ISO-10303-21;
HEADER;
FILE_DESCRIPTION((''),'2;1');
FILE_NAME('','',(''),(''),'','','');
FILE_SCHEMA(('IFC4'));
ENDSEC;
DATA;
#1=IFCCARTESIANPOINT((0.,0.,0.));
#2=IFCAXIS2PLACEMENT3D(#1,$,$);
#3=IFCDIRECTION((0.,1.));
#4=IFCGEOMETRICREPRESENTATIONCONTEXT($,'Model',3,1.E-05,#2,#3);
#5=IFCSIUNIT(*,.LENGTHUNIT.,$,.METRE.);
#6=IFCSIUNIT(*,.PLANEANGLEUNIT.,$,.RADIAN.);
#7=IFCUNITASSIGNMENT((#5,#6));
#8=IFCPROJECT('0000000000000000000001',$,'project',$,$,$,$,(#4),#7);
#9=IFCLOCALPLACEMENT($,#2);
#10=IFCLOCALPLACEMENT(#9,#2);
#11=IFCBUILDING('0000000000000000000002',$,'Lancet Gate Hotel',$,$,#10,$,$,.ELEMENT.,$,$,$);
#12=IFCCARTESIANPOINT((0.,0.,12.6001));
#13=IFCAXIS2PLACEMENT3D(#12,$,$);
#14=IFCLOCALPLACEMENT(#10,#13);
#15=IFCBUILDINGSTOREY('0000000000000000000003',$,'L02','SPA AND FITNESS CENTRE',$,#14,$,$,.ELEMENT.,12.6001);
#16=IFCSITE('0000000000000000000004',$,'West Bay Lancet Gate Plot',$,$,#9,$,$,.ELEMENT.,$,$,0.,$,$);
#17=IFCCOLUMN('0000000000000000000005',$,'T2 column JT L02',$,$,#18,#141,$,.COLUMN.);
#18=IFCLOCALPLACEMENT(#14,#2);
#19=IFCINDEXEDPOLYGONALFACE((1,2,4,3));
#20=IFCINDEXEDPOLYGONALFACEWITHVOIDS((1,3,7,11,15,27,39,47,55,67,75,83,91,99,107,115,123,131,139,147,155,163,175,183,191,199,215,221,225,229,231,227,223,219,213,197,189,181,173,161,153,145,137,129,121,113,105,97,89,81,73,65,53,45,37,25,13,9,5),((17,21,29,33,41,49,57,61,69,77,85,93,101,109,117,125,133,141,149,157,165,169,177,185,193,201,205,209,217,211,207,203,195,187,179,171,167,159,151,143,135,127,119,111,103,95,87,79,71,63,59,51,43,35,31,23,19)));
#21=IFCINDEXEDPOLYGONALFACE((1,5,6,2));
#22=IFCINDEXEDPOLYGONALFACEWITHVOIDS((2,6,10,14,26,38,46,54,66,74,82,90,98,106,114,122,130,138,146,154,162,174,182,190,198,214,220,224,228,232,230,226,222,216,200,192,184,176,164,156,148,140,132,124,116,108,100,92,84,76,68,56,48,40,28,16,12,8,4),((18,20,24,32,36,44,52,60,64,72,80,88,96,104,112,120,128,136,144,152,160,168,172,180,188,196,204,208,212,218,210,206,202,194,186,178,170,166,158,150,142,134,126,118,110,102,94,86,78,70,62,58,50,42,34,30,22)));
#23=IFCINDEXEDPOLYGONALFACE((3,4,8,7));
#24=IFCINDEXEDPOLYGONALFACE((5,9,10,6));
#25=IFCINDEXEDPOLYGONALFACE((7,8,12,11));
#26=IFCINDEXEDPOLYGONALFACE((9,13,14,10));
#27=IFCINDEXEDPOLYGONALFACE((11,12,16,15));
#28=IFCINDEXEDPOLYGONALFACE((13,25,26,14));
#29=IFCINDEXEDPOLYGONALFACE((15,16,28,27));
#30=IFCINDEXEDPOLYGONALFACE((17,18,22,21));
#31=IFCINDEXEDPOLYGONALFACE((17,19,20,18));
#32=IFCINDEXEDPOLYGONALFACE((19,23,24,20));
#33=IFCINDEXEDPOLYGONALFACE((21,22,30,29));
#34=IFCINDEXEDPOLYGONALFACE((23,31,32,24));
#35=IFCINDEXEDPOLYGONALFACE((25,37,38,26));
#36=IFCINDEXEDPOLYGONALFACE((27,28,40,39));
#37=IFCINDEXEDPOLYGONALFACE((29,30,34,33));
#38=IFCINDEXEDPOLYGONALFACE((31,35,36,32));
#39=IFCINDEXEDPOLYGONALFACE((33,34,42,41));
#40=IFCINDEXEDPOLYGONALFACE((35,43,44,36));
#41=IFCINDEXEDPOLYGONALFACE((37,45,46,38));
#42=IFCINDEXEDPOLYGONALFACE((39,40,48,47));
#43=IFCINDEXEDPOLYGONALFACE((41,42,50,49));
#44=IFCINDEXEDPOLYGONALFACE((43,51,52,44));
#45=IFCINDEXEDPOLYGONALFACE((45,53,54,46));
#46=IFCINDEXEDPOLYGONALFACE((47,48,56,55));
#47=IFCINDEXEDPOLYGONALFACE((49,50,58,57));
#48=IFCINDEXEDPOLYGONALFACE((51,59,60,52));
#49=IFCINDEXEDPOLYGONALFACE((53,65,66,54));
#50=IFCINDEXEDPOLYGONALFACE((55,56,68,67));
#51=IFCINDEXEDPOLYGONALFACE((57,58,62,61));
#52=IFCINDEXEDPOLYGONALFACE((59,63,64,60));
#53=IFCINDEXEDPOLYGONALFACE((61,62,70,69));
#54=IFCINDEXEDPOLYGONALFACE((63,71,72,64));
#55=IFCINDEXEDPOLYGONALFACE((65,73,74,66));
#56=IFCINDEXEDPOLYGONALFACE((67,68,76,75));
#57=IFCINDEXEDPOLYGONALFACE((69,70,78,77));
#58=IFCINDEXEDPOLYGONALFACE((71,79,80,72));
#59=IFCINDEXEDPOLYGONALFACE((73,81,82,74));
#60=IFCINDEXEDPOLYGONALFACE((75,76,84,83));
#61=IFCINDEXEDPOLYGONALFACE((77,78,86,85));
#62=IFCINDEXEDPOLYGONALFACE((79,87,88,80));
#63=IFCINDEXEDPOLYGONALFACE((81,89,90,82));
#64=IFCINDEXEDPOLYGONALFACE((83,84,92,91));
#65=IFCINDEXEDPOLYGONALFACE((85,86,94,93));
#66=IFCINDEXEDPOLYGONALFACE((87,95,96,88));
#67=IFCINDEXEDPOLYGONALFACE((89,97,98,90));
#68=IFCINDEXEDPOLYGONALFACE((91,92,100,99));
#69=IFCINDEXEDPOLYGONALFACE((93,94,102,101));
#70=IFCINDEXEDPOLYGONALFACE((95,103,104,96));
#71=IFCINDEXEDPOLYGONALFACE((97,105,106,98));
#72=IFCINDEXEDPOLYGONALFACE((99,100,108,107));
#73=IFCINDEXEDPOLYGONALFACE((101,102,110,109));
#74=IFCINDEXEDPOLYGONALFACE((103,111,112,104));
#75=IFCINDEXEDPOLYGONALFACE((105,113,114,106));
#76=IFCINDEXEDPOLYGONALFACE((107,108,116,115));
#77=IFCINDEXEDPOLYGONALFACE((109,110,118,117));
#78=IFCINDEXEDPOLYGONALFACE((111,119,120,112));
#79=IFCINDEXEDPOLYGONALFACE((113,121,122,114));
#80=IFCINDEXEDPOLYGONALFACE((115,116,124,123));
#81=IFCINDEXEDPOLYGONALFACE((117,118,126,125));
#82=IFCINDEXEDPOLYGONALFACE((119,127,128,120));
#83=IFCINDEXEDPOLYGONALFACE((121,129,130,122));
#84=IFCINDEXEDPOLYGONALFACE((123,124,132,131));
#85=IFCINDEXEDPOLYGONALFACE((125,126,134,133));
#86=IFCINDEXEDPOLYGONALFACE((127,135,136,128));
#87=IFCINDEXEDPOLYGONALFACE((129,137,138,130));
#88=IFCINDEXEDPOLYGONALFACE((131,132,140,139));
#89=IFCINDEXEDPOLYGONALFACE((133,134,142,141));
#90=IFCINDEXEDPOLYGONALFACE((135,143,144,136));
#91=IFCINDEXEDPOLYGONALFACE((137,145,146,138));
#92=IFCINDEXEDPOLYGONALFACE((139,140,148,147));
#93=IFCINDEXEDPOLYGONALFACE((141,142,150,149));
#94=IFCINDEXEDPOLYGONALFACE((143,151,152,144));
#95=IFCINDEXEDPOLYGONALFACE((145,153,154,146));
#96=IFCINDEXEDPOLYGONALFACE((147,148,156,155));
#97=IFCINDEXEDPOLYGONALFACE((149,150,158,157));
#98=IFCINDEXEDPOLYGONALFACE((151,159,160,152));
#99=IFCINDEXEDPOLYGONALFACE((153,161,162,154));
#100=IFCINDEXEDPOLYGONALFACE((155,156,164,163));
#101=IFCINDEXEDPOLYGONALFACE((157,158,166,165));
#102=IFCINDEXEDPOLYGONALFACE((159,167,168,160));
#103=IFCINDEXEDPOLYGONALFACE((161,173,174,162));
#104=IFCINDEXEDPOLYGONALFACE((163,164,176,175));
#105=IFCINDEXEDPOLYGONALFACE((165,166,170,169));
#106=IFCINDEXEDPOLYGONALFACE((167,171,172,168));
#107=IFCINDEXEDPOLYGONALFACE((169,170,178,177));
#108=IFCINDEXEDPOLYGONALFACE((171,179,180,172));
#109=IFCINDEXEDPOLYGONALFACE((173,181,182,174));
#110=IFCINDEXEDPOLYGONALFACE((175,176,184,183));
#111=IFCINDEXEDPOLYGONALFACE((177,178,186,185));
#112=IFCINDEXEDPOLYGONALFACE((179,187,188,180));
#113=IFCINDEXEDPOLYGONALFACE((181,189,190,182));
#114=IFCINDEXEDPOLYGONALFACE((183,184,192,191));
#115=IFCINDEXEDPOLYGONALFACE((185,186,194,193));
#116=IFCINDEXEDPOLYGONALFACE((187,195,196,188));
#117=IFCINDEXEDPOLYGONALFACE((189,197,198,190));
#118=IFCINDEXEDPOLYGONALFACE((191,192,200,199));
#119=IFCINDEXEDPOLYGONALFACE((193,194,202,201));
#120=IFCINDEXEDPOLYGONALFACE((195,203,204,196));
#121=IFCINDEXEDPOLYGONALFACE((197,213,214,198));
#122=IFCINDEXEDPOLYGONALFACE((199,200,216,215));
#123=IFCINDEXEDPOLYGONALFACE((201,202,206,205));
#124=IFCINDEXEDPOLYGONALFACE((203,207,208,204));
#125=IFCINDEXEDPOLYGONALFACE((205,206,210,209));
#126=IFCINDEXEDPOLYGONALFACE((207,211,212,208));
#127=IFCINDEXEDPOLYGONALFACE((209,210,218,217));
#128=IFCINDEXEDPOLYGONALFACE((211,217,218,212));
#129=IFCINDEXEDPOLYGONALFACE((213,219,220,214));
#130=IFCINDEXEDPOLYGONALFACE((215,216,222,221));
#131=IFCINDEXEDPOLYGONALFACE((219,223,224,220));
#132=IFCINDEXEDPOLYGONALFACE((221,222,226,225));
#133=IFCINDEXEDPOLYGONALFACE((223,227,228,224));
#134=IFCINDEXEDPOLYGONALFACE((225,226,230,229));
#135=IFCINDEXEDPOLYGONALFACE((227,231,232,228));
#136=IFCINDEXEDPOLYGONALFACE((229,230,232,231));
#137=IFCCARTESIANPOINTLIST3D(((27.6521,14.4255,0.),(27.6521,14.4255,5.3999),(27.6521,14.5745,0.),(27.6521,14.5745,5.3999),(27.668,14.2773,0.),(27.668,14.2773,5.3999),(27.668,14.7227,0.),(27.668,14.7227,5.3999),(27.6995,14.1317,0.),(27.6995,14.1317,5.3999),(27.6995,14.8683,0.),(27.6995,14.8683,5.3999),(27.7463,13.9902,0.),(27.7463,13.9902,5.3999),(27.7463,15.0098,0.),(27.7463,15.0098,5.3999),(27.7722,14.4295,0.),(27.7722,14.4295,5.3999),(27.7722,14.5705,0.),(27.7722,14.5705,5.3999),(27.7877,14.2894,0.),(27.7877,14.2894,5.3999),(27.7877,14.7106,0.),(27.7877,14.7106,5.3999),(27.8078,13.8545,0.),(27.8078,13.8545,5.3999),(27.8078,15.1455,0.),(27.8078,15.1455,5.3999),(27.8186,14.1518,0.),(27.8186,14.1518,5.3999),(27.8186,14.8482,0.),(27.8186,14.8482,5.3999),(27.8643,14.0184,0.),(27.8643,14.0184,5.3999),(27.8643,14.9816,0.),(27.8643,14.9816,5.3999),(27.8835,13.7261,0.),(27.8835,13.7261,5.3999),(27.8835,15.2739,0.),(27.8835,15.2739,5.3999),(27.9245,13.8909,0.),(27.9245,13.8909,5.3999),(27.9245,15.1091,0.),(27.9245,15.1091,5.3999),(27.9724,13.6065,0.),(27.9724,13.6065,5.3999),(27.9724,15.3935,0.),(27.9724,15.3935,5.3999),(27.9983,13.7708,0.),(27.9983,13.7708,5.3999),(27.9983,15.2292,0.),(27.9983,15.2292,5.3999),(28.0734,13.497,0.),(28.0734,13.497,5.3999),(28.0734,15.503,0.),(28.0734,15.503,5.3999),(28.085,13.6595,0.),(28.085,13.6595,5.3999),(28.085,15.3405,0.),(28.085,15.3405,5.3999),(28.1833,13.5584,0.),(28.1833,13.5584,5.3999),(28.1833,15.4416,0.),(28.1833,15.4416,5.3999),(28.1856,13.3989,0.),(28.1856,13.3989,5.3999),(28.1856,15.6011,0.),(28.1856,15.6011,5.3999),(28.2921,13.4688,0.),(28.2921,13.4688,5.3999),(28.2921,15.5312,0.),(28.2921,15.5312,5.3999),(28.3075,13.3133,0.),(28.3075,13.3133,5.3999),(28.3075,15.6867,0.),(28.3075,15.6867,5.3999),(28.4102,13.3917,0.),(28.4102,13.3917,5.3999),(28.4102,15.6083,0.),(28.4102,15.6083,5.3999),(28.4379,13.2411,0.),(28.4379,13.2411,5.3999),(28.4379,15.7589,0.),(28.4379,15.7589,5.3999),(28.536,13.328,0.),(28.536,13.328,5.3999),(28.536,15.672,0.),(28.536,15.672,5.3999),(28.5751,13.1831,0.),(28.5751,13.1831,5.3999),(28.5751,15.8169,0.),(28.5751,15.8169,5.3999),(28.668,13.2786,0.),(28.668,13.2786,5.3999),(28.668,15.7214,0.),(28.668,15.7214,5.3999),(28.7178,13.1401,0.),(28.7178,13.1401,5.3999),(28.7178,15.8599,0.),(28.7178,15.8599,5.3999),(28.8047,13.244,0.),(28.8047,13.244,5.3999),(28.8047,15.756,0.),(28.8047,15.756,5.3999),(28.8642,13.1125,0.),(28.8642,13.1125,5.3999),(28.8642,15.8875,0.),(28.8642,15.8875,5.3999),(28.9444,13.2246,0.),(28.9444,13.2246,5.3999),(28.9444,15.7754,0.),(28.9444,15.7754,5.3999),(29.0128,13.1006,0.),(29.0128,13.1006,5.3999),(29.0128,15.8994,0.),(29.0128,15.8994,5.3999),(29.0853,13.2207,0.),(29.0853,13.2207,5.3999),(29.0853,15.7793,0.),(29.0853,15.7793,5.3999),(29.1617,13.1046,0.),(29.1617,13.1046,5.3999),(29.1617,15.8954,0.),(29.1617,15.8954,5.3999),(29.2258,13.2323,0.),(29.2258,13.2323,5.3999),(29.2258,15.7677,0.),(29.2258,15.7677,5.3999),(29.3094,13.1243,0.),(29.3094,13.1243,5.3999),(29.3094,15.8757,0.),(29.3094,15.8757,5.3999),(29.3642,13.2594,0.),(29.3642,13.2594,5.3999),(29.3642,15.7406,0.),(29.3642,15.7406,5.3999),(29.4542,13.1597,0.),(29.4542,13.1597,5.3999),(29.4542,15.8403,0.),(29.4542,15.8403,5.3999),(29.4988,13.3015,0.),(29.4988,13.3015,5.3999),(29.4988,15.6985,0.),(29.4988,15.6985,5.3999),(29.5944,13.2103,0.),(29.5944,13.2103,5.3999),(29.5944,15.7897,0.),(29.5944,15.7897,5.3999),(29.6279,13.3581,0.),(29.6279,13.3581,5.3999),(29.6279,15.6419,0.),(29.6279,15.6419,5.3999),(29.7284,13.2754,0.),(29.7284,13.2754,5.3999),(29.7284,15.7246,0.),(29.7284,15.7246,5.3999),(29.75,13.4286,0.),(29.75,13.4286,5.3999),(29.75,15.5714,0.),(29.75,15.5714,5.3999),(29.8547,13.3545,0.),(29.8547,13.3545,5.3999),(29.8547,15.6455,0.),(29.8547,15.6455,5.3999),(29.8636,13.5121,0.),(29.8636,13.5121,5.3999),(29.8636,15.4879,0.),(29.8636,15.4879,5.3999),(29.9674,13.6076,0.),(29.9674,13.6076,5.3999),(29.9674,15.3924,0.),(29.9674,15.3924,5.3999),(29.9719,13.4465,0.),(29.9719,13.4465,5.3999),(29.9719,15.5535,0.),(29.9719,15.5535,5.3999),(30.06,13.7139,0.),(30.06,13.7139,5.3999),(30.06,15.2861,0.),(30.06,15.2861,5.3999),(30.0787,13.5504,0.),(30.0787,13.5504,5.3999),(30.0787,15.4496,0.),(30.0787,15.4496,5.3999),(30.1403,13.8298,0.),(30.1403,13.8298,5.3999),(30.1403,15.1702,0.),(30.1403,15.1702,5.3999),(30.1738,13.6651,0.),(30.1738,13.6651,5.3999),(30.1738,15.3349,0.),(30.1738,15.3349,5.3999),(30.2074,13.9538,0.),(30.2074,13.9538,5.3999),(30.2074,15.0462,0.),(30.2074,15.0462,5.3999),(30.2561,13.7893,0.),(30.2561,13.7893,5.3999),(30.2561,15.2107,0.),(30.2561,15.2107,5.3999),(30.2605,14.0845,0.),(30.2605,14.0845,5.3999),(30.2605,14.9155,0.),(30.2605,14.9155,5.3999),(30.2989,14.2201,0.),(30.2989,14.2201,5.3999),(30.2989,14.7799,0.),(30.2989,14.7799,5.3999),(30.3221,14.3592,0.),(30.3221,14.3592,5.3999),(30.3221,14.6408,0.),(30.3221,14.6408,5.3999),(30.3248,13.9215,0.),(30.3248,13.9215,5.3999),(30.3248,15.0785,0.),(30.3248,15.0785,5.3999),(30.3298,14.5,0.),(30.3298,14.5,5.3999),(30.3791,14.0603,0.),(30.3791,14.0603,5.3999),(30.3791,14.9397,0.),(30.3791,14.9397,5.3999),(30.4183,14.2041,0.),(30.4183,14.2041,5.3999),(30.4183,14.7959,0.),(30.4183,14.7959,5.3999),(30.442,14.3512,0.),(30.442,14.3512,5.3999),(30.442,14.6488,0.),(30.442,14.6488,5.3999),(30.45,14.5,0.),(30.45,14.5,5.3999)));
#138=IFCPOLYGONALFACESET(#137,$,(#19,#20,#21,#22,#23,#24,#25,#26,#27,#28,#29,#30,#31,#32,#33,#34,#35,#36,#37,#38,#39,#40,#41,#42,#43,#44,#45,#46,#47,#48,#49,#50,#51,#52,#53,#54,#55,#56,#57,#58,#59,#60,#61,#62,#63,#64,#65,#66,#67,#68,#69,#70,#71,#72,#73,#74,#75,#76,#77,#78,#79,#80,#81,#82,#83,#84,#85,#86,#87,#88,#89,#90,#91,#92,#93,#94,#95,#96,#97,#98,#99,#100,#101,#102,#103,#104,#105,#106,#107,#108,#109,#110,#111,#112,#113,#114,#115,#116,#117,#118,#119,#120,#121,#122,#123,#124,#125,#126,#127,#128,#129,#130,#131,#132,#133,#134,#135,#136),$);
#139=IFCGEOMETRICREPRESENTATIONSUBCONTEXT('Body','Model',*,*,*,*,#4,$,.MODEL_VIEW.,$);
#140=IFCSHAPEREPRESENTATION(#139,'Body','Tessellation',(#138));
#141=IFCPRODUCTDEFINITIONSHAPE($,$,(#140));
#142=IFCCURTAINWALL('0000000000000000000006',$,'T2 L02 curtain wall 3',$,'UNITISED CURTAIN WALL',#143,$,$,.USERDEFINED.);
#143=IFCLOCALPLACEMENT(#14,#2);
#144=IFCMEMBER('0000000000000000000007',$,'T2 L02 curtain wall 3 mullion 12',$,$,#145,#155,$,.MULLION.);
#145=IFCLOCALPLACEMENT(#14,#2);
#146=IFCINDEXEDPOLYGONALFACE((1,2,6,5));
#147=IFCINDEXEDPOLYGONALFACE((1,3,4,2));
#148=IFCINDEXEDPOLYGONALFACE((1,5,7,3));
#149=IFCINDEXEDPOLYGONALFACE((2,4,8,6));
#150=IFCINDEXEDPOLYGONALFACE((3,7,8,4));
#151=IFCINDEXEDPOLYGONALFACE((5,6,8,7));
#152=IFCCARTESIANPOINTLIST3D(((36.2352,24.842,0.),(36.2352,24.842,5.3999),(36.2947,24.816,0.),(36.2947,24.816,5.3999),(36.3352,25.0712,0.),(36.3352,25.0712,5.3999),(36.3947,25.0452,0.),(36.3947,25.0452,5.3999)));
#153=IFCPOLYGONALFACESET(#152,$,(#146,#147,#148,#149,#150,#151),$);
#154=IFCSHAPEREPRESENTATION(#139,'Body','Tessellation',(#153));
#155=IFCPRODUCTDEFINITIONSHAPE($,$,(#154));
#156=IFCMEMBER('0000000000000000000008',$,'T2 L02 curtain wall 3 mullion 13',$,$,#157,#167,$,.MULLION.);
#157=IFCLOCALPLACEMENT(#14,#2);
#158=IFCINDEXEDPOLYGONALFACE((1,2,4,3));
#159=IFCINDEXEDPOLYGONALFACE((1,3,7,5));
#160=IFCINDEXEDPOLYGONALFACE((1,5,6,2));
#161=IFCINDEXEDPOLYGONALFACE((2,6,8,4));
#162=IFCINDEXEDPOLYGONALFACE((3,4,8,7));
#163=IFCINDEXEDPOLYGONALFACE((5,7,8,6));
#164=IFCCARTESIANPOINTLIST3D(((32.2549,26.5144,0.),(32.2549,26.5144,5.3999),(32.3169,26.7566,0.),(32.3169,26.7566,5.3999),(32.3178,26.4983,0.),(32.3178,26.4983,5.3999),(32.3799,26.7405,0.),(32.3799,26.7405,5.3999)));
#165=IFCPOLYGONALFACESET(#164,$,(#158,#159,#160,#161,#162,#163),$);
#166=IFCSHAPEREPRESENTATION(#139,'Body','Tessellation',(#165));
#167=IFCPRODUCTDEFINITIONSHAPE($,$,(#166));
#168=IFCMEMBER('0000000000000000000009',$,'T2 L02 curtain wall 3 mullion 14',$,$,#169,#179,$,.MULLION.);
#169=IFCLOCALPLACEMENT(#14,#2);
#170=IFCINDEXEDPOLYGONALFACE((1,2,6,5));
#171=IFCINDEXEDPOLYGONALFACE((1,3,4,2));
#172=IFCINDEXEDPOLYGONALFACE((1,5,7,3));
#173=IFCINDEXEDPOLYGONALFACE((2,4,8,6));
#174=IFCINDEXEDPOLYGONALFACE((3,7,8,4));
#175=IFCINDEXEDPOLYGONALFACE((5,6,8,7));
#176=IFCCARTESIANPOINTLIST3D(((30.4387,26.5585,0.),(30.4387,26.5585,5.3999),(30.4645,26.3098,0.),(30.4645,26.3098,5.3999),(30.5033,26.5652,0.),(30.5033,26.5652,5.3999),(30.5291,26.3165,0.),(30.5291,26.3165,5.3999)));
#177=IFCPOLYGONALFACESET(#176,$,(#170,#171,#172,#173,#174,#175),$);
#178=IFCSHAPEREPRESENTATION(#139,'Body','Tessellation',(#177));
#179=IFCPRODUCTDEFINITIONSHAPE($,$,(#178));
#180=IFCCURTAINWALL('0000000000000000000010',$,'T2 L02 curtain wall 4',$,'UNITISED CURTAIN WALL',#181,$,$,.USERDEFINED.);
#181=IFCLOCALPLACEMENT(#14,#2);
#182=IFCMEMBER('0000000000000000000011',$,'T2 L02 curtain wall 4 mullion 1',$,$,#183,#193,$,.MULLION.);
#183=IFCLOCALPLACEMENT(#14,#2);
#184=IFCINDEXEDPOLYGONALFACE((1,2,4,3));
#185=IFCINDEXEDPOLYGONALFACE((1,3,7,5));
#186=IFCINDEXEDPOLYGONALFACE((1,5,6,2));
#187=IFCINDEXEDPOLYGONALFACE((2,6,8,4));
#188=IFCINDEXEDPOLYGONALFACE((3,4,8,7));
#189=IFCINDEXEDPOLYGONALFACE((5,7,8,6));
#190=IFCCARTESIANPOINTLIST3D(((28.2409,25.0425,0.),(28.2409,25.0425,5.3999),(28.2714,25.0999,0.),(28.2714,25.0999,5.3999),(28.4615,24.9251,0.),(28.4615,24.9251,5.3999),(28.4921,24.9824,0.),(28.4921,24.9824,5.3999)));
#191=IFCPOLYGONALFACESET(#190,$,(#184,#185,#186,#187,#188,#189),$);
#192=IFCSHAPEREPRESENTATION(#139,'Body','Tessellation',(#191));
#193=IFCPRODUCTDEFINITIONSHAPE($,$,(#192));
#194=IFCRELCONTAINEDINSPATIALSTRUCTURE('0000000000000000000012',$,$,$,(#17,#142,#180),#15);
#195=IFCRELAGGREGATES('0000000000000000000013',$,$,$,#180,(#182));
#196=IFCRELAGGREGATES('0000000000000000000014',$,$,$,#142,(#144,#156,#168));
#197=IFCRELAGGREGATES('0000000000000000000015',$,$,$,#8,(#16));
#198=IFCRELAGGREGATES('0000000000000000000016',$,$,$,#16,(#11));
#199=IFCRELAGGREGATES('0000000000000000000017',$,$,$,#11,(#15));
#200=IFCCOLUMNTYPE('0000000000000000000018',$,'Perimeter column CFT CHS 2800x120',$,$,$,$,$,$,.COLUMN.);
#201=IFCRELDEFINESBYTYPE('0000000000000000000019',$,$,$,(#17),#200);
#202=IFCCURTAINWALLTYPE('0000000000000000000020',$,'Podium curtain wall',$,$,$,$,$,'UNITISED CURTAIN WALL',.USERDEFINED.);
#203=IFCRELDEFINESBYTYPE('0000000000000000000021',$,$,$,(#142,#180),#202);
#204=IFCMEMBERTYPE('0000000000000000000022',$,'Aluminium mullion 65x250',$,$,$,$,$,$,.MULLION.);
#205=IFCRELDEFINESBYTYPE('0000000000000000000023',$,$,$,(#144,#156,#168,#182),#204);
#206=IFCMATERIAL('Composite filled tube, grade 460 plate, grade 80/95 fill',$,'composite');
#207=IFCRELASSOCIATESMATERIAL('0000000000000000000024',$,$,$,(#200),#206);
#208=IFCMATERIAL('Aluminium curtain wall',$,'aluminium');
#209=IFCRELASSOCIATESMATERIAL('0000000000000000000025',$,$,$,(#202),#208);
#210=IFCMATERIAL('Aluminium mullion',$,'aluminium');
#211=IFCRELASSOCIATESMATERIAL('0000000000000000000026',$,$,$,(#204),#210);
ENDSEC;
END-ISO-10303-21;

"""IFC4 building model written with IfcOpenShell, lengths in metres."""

from ifc_helpers import new_model, si_unit, direction, frame, origin, origin_2d, place, context, subcontext, project, spatial, rectangle, hollow_circle, extrude, material, material_profile, profile_set, type_object, element, aggregate, save


model = new_model("IFC4")

# Units and contexts
model_context = context("Model", 3, precision=1e-05, world=origin(), true_north=direction((0.0, 1.0)))
body_context = subcontext(model_context, "Body", "Model", "MODEL_VIEW")
ifc_project = project(units=[si_unit("LENGTHUNIT", "METRE"), si_unit("PLANEANGLEUNIT", "RADIAN")], contexts=[model_context])

# Site, building, storey
site_placement = place(None, origin())
site = spatial("IfcSite", under=ifc_project, at=site_placement, Name="West Bay Lancet Gate Plot", CompositionType="ELEMENT", RefElevation=0.0)
building_placement = place(site_placement, origin())
building = spatial("IfcBuilding", under=site, at=building_placement, Name="Lancet Gate Hotel", CompositionType="ELEMENT")
storey_placement = place(building_placement, frame((0.0, 0.0, 12.6001)))
storey = spatial("IfcBuildingStorey", under=building, at=storey_placement, Name="L02", Description="SPA AND FITNESS CENTRE", CompositionType="ELEMENT", Elevation=12.6001)

# Column
ifc_material_1 = material(Name="Composite filled tube, grade 460 plate, grade 80/95 fill", Category="composite")
ifc_material_profile_1 = material_profile(ifc_material_1, hollow_circle(Radius=1.3999, WallThickness=0.1201, at=origin_2d()), Name="CHS 2800x120")
ifc_profile_set_1 = profile_set([ifc_material_profile_1], Name="Composite filled tube, grade 460 plate, grade 80/95 fill")
column_type = type_object("IfcColumnType", Name="Perimeter column CFT CHS 2800x120", PredefinedType="COLUMN", material=ifc_profile_set_1)
for number, where, z_axis, x_axis, name in (
    (1, (29.05, 14.5, 0.0), (0.0, 0.0, 1.0), (1.0, 0.0, 0.0), "T2 column JT L02"),
):
    element("IfcColumn", number, at=place(storey_placement, frame(where, z_axis=z_axis, x_axis=x_axis)), inside=storey, type_object=column_type, Name=name, PredefinedType="COLUMN", context=body_context, shape_type="SweptSolid", body=[
        extrude(hollow_circle(Radius=1.3999, WallThickness=0.1201, at=origin_2d()), origin(), (0.0, 0.0, 1.0), 5.3999),
    ])

# Curtain wall, members
ifc_material_2 = material(Name="Aluminium curtain wall", Category="aluminium")
curtain_wall_type = type_object("IfcCurtainWallType", Name="Podium curtain wall", ElementType="UNITISED CURTAIN WALL", PredefinedType="USERDEFINED", material=ifc_material_2)
curtain_wall_1_placement = place(storey_placement, origin())
curtain_wall_1 = element("IfcCurtainWall", 2, at=curtain_wall_1_placement, inside=storey, type_object=curtain_wall_type, Name="T2 L02 curtain wall 3", ObjectType="UNITISED CURTAIN WALL", PredefinedType="USERDEFINED")
ifc_material_3 = material(Name="Aluminium mullion", Category="aluminium")
ifc_material_profile_2 = material_profile(ifc_material_3, rectangle(XDim=0.0649, YDim=0.25, at=origin_2d()), Name="MULLION 65x250")
ifc_profile_set_2 = profile_set([ifc_material_profile_2], Name="Aluminium mullion")
member_type_1 = type_object("IfcMemberType", Name="Aluminium mullion 65x250", PredefinedType="MULLION", material=ifc_profile_set_2)
member_1_placement = place(storey_placement, frame((36.3149, 24.9436, 0.0), z_axis=(0.0, 0.0, 1.0), x_axis=(-0.916579, 0.399854, 0.0)))
member_1 = element("IfcMember", 3, at=member_1_placement, type_object=member_type_1, Name="T2 L02 curtain wall 3 mullion 12", PredefinedType="MULLION", context=body_context, shape_type="SweptSolid", body=[
    extrude(rectangle(XDim=0.0649, YDim=0.25, at=origin_2d()), origin(), (0.0, 0.0, 1.0), 5.3999),
])
member_2_placement = place(storey_placement, frame((32.3174, 26.6274, 0.0), z_axis=(0.0, 0.0, 1.0), x_axis=(-0.968721, 0.24815, 0.0)))
member_2 = element("IfcMember", 4, at=member_2_placement, type_object=member_type_1, Name="T2 L02 curtain wall 3 mullion 13", PredefinedType="MULLION", context=body_context, shape_type="SweptSolid", body=[
    extrude(rectangle(XDim=0.0649, YDim=0.25, at=origin_2d()), origin(), (0.0, 0.0, 1.0), 5.3999),
])
member_3_placement = place(storey_placement, frame((30.4839, 26.4375, 0.0), z_axis=(0.0, 0.0, 1.0), x_axis=(-0.994672, -0.103088, 0.0)))
member_3 = element("IfcMember", 5, at=member_3_placement, type_object=member_type_1, Name="T2 L02 curtain wall 3 mullion 14", PredefinedType="MULLION", context=body_context, shape_type="SweptSolid", body=[
    extrude(rectangle(XDim=0.0649, YDim=0.25, at=origin_2d()), origin(), (0.0, 0.0, 1.0), 5.3999),
])

# Curtain wall, member
curtain_wall_2_placement = place(storey_placement, origin())
curtain_wall_2 = element("IfcCurtainWall", 6, at=curtain_wall_2_placement, inside=storey, type_object=curtain_wall_type, Name="T2 L02 curtain wall 4", ObjectType="UNITISED CURTAIN WALL", PredefinedType="USERDEFINED")
member_4_placement = place(storey_placement, frame((28.3665, 25.0125, 0.0), z_axis=(0.0, 0.0, 1.0), x_axis=(-0.469898, -0.882721, 0.0)))
member_4 = element("IfcMember", 7, at=member_4_placement, type_object=member_type_1, Name="T2 L02 curtain wall 4 mullion 1", PredefinedType="MULLION", context=body_context, shape_type="SweptSolid", body=[
    extrude(rectangle(XDim=0.0649, YDim=0.25, at=origin_2d()), origin(), (0.0, 0.0, 1.0), 5.3999),
])

aggregate(curtain_wall_2, [member_4])

aggregate(curtain_wall_1, [member_1, member_2, member_3])

save(model, "model.ifc")
